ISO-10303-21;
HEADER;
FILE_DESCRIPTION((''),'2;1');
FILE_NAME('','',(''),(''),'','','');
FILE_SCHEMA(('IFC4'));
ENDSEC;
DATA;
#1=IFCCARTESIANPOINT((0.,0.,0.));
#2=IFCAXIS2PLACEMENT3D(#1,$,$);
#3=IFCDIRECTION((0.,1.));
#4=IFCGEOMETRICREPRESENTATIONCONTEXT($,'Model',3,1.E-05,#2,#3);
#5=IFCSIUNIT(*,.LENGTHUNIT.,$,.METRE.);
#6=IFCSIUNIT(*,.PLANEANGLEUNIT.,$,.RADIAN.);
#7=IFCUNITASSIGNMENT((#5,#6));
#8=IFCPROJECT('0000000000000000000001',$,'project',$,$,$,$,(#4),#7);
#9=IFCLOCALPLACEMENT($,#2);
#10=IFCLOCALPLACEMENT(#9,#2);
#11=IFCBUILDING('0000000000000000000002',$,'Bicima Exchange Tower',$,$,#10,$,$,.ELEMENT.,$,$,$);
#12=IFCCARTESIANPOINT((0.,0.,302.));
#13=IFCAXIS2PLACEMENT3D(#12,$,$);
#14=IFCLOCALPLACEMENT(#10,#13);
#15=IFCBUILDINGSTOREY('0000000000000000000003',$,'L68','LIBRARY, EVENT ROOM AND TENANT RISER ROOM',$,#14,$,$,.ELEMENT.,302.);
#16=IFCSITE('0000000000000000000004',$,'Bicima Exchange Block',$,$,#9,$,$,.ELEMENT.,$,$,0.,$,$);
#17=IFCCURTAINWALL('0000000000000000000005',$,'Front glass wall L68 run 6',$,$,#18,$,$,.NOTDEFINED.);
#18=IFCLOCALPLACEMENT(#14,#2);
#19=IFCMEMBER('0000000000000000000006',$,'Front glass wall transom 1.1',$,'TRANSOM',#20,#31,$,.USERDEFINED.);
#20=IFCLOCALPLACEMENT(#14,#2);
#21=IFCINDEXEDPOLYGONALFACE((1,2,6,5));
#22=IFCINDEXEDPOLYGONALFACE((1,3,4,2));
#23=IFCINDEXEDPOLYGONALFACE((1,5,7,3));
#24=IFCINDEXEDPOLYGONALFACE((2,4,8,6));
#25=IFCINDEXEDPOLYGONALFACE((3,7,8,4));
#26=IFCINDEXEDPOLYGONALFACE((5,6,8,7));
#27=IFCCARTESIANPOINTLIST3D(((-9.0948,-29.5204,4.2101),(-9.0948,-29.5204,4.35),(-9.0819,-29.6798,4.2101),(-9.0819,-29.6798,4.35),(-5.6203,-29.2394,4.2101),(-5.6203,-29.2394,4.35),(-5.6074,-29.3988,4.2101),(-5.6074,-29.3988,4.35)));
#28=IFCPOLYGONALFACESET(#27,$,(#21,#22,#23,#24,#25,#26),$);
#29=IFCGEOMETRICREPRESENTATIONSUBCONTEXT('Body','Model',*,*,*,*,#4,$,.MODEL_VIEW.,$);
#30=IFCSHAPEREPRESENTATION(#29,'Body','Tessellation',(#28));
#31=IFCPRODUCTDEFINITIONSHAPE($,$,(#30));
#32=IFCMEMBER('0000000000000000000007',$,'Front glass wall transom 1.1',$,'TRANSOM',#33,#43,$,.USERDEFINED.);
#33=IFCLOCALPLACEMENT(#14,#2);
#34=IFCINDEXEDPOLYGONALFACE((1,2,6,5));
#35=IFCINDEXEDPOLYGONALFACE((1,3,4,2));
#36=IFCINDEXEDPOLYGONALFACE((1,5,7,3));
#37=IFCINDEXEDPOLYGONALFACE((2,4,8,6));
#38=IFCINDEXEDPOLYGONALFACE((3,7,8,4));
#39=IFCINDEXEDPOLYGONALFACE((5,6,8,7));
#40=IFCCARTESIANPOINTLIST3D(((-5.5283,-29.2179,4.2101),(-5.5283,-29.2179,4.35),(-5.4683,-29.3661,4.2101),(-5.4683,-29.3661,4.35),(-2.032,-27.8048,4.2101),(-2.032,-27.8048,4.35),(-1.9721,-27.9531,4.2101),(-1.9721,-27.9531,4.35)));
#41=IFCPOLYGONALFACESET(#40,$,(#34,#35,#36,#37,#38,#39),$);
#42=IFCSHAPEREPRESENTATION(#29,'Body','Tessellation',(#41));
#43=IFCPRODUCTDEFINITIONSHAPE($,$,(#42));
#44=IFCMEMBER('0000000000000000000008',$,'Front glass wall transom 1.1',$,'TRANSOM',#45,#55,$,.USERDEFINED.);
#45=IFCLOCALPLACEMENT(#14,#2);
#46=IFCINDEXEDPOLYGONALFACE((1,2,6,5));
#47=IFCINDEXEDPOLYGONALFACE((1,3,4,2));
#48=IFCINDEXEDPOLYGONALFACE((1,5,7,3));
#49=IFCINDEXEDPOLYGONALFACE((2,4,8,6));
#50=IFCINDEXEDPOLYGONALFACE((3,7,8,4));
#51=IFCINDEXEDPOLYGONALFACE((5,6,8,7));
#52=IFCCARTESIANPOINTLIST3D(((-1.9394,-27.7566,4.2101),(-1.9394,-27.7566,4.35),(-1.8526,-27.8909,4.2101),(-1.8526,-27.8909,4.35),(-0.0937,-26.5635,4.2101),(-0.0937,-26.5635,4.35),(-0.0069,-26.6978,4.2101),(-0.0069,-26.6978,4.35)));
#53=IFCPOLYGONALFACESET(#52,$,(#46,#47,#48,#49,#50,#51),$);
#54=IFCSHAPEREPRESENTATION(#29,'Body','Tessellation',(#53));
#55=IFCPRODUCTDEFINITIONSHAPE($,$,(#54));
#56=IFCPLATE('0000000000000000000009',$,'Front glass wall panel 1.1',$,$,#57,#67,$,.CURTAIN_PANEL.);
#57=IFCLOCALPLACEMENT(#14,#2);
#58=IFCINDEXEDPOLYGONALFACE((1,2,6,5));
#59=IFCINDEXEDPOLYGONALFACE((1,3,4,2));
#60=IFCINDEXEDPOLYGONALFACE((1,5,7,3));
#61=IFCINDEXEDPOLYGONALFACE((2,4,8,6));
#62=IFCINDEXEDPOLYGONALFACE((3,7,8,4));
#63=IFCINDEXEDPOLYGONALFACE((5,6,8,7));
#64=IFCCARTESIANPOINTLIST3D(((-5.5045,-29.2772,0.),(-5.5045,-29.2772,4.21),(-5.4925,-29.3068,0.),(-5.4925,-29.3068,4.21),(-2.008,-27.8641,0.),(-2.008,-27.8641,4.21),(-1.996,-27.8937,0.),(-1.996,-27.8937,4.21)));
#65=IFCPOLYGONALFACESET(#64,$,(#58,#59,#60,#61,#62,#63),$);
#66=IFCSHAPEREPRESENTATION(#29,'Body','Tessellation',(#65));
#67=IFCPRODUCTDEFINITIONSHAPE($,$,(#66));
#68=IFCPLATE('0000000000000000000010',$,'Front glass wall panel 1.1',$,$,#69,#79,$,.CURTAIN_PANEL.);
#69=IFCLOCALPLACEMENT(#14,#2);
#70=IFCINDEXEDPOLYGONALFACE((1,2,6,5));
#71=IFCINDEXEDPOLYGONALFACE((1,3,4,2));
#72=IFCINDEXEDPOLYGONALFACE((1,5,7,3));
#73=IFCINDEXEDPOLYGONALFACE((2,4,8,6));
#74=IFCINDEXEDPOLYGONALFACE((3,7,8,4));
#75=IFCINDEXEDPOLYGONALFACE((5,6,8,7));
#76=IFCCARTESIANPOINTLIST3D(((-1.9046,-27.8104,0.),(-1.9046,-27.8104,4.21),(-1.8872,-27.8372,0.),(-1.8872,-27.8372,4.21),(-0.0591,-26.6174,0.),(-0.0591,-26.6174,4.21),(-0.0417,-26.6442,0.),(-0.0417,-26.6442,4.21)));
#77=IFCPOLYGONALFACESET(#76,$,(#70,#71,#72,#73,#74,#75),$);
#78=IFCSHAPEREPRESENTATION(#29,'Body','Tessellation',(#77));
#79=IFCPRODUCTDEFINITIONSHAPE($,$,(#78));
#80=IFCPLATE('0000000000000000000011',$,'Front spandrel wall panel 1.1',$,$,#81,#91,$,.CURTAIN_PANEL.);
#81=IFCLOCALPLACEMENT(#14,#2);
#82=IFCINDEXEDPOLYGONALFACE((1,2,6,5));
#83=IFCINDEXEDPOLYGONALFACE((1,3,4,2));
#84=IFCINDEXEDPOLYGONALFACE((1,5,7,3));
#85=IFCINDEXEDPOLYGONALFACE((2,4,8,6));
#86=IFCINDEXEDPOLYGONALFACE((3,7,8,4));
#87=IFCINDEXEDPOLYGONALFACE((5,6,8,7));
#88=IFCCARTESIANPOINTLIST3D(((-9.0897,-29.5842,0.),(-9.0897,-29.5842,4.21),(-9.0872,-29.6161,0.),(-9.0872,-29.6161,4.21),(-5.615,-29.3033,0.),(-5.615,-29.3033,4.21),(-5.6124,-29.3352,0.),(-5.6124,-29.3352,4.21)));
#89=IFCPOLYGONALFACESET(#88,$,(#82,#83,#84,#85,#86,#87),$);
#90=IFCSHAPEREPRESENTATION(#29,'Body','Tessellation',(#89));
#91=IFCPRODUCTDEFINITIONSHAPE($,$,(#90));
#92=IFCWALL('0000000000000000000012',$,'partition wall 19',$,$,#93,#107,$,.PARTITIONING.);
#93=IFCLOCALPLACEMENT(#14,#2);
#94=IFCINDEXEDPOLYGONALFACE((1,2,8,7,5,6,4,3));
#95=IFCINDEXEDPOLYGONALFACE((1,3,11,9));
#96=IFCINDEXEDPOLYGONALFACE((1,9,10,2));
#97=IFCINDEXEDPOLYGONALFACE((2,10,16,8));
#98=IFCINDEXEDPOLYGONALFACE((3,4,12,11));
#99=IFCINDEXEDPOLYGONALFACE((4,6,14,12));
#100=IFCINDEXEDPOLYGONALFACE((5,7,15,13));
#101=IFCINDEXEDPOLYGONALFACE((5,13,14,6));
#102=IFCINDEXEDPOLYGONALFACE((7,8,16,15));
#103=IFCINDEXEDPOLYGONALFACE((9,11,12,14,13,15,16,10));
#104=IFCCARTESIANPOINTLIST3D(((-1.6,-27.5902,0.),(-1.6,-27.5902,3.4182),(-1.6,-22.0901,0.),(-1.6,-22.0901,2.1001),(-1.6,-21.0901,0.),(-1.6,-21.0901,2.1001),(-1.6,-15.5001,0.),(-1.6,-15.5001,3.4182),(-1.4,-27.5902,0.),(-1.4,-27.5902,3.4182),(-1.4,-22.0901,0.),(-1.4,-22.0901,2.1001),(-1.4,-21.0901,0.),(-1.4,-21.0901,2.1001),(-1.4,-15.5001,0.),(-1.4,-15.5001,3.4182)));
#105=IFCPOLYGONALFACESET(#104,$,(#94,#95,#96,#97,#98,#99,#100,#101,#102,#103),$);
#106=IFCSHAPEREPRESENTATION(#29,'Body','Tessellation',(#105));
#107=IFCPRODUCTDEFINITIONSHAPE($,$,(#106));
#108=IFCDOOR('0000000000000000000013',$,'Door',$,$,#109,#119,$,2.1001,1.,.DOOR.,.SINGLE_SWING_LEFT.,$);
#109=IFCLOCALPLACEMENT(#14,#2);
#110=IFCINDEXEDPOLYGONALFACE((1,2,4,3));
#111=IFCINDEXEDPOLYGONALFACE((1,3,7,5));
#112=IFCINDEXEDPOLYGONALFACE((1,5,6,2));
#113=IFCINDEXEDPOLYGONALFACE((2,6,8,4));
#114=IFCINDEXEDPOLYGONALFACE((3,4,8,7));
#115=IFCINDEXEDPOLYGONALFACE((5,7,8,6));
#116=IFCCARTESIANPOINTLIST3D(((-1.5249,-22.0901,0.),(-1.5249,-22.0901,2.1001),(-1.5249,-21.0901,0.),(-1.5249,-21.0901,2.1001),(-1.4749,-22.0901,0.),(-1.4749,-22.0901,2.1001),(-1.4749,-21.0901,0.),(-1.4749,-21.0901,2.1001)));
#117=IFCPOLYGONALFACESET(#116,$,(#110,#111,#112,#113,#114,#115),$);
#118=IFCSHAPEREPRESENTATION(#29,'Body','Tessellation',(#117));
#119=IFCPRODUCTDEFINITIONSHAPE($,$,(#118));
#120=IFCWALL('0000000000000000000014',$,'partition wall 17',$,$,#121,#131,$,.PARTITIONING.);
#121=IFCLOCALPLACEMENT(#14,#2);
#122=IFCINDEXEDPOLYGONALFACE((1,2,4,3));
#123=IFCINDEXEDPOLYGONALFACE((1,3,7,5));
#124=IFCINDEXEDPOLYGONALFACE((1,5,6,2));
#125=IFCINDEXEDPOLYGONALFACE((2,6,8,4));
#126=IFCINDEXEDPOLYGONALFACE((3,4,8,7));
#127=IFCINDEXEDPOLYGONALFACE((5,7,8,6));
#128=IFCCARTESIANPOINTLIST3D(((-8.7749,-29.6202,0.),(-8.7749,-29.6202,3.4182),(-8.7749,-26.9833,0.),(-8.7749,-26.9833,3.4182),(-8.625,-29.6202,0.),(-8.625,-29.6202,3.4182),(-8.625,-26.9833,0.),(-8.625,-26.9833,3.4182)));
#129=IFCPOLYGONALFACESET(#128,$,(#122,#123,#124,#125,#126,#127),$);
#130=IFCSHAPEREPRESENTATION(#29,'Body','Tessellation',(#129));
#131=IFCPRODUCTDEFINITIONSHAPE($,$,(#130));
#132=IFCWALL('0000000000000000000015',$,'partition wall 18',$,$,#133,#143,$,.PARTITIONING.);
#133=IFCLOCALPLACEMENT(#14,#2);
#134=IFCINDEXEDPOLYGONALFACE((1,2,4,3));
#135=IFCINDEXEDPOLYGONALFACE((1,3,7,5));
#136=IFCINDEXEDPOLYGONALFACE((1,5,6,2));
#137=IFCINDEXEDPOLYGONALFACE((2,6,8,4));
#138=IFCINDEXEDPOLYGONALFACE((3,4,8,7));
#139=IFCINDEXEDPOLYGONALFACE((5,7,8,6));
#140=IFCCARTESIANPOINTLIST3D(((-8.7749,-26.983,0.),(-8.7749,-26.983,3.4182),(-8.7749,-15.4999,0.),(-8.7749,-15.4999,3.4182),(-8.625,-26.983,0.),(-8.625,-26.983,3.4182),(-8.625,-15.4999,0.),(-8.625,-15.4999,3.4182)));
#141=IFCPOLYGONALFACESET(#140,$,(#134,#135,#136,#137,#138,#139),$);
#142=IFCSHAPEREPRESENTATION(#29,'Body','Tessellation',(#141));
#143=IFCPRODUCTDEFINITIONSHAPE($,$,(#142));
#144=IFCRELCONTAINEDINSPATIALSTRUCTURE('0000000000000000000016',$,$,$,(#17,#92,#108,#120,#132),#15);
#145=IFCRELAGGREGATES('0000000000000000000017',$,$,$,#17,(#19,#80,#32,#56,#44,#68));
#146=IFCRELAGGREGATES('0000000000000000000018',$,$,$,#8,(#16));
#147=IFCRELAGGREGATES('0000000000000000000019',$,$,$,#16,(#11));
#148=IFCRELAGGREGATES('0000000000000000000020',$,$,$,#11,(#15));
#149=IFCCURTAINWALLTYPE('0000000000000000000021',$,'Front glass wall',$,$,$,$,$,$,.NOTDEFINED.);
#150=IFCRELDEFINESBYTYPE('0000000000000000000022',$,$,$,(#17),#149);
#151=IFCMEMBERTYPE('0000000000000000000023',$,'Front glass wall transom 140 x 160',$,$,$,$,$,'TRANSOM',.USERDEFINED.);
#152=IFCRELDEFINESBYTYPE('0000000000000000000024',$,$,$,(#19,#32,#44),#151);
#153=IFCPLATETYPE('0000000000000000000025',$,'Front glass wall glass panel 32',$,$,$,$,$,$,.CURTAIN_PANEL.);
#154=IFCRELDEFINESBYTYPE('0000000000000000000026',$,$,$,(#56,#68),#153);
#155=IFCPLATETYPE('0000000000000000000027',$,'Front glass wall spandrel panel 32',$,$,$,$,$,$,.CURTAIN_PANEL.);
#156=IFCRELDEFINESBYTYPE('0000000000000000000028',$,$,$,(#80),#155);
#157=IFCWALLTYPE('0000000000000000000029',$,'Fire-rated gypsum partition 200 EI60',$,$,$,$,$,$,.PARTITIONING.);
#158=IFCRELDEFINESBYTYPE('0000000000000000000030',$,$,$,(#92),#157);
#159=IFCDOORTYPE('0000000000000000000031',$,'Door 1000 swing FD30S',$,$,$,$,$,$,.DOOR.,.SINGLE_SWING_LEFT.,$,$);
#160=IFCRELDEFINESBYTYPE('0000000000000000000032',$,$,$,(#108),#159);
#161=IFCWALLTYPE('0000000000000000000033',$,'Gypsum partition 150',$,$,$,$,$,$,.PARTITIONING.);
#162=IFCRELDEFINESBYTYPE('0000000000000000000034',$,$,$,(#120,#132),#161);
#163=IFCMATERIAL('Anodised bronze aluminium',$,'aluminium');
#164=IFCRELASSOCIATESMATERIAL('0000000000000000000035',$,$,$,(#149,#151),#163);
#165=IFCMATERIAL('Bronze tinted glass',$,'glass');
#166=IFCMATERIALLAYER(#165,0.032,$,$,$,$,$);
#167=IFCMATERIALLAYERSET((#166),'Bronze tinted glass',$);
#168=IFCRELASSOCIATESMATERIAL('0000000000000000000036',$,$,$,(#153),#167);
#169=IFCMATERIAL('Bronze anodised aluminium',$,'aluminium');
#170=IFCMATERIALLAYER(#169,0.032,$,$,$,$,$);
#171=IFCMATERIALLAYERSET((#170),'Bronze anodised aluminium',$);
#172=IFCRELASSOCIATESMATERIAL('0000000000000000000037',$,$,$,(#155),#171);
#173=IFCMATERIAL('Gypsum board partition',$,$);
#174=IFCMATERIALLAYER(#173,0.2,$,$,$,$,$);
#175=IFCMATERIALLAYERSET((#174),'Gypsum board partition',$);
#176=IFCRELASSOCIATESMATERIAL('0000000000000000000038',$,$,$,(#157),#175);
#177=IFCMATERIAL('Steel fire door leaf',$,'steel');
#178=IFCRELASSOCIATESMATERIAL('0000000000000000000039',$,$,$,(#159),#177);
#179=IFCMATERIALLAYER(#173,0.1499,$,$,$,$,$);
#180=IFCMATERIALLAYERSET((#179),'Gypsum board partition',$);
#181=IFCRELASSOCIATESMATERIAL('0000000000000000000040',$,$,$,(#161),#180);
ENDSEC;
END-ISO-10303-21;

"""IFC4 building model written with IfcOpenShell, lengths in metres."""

from ifc_helpers import new_model, si_unit, direction, frame, frame_2d, origin, origin_2d, place, context, subcontext, project, spatial, rectangle, extrude, material, layer, layer_set, material_profile, profile_set, type_object, element, fill, aggregate, save


model = new_model("IFC4")

# Units and contexts
model_context = context("Model", 3, precision=1e-05, world=origin(), true_north=direction((0.0, 1.0)))
body_context = subcontext(model_context, "Body", "Model", "MODEL_VIEW")
ifc_project = project(units=[si_unit("LENGTHUNIT", "METRE"), si_unit("PLANEANGLEUNIT", "RADIAN")], contexts=[model_context])

# Site, building, storey
site_placement = place(None, origin())
site = spatial("IfcSite", under=ifc_project, at=site_placement, Name="Bicima Exchange Block", CompositionType="ELEMENT", RefElevation=0.0)
building_placement = place(site_placement, origin())
building = spatial("IfcBuilding", under=site, at=building_placement, Name="Bicima Exchange Tower", CompositionType="ELEMENT")
storey_placement = place(building_placement, frame((0.0, 0.0, 302.0)))
storey = spatial("IfcBuildingStorey", under=building, at=storey_placement, Name="L68", Description="LIBRARY, EVENT ROOM AND TENANT RISER ROOM", CompositionType="ELEMENT", Elevation=302.0)

# Curtain wall, members, plates
ifc_material_1 = material(Name="Anodised bronze aluminium", Category="aluminium")
curtain_wall_type = type_object("IfcCurtainWallType", Name="Front glass wall", PredefinedType="NOTDEFINED", material=ifc_material_1)
curtain_wall_placement = place(storey_placement, origin())
curtain_wall = element("IfcCurtainWall", 1, at=curtain_wall_placement, inside=storey, type_object=curtain_wall_type, Name="Front glass wall L68 run 6", PredefinedType="NOTDEFINED")
ifc_material_profile_1 = material_profile(ifc_material_1, rectangle(XDim=0.1599, YDim=0.1399, at=origin_2d()))
ifc_profile_set_1 = profile_set([ifc_material_profile_1], Name="Anodised bronze aluminium")
member_type_1 = type_object("IfcMemberType", Name="Front glass wall transom 140 x 160", ElementType="TRANSOM", PredefinedType="USERDEFINED", material=ifc_profile_set_1)
member_1_placement = place(storey_placement, frame((-9.0884, -29.6001, 4.28), z_axis=(0.996746, 0.080611, 0.0), x_axis=(-0.080611, 0.996746, 0.0)))
member_1 = element("IfcMember", 2, at=member_1_placement, type_object=member_type_1, Name="Front glass wall transom 1.1", ObjectType="TRANSOM", PredefinedType="USERDEFINED", context=body_context, shape_type="SweptSolid", body=[
    extrude(rectangle(XDim=0.1599, YDim=0.1399, at=origin_2d()), origin(), (0.0, 0.0, 1.0), 3.4858),
])
member_2_placement = place(storey_placement, frame((-5.4983, -29.292, 4.28), z_axis=(0.92714, 0.374715, 0.0), x_axis=(-0.374715, 0.92714, 0.0)))
member_2 = element("IfcMember", 3, at=member_2_placement, type_object=member_type_1, Name="Front glass wall transom 1.1", ObjectType="TRANSOM", PredefinedType="USERDEFINED", context=body_context, shape_type="SweptSolid", body=[
    extrude(rectangle(XDim=0.1599, YDim=0.1399, at=origin_2d()), origin(), (0.0, 0.0, 1.0), 3.771),
])
member_3_placement = place(storey_placement, frame((-1.896, -27.8237, 4.28), z_axis=(0.839811, 0.542878, 0.0), x_axis=(-0.542878, 0.839811, 0.0)))
member_3 = element("IfcMember", 4, at=member_3_placement, type_object=member_type_1, Name="Front glass wall transom 1.1", ObjectType="TRANSOM", PredefinedType="USERDEFINED", context=body_context, shape_type="SweptSolid", body=[
    extrude(rectangle(XDim=0.1599, YDim=0.1399, at=origin_2d()), origin(), (0.0, 0.0, 1.0), 2.1978),
])
ifc_material_2 = material(Name="Bronze tinted glass", Category="glass")
ifc_layer_1 = layer(ifc_material_2, 0.032)
ifc_layer_set_1 = layer_set([ifc_layer_1], Name="Bronze tinted glass")
plate_type_1 = type_object("IfcPlateType", Name="Front glass wall glass panel 32", PredefinedType="CURTAIN_PANEL", material=ifc_layer_set_1)
plate_1_placement = place(storey_placement, frame((-3.7502, -28.5854, 0.0), z_axis=(0.0, 0.0, 1.0), x_axis=(0.927144, 0.374705, 0.0)))
plate_1 = element("IfcPlate", 5, at=plate_1_placement, type_object=plate_type_1, Name="Front glass wall panel 1.1", PredefinedType="CURTAIN_PANEL", context=body_context, shape_type="SweptSolid", body=[
    extrude(rectangle(XDim=3.7712, YDim=0.032, at=origin_2d()), origin(), (0.0, 0.0, 1.0), 4.21),
])
plate_2_placement = place(storey_placement, frame((-0.9731, -27.2273, 0.0), z_axis=(0.0, 0.0, 1.0), x_axis=(0.839799, 0.542897, 0.0)))
plate_2 = element("IfcPlate", 6, at=plate_2_placement, type_object=plate_type_1, Name="Front glass wall panel 1.1", PredefinedType="CURTAIN_PANEL", context=body_context, shape_type="SweptSolid", body=[
    extrude(rectangle(XDim=2.1975, YDim=0.032, at=origin_2d()), origin(), (0.0, 0.0, 1.0), 4.21),
])
ifc_material_3 = material(Name="Bronze anodised aluminium", Category="aluminium")
ifc_layer_2 = layer(ifc_material_3, 0.032)
ifc_layer_set_2 = layer_set([ifc_layer_2], Name="Bronze anodised aluminium")
plate_type_2 = type_object("IfcPlateType", Name="Front glass wall spandrel panel 32", PredefinedType="CURTAIN_PANEL", material=ifc_layer_set_2)
plate_3_placement = place(storey_placement, frame((-7.3511, -29.4597, 0.0), z_axis=(0.0, 0.0, 1.0), x_axis=(0.996747, 0.080589, 0.0)))
plate_3 = element("IfcPlate", 7, at=plate_3_placement, type_object=plate_type_2, Name="Front spandrel wall panel 1.1", PredefinedType="CURTAIN_PANEL", context=body_context, shape_type="SweptSolid", body=[
    extrude(rectangle(XDim=3.4861, YDim=0.032, at=origin_2d()), origin(), (0.0, 0.0, 1.0), 4.21),
])
aggregate(curtain_wall, [member_1, plate_3, member_2, plate_1, member_3, plate_2])

# Wall, opening, door
ifc_material_4 = material(Name="Gypsum board partition")
ifc_layer_3 = layer(ifc_material_4, 0.2)
ifc_layer_set_3 = layer_set([ifc_layer_3], Name="Gypsum board partition")
wall_type_1 = type_object("IfcWallType", Name="Fire-rated gypsum partition 200 EI60", PredefinedType="PARTITIONING", material=ifc_layer_set_3)
wall_1_placement = place(storey_placement, frame((-1.5, -27.5901, 0.0), z_axis=(0.0, 0.0, 1.0), x_axis=(0.0, 1.0, 0.0)))
wall_1 = element("IfcWall", 8, at=wall_1_placement, inside=storey, type_object=wall_type_1, Name="partition wall 19", PredefinedType="PARTITIONING", context=body_context, shape_type="SweptSolid", body=[
    extrude(rectangle(XDim=12.0901, YDim=0.2, at=frame_2d((6.0449, 0.0))), origin(), (0.0, 0.0, 1.0), 3.4182),
])
opening_placement = place(wall_1_placement, frame((5.5, 0.0, 0.0)))
opening = element("IfcOpeningElement", 9, at=opening_placement, cuts=wall_1, PredefinedType="OPENING", context=body_context, shape_type="SweptSolid", body=[
    extrude(rectangle(XDim=1.0, YDim=2.1001, at=frame_2d((0.5, 1.05))), frame((0.0, 0.1118, 0.0), z_axis=(0.0, -1.0, 0.0), x_axis=(1.0, 0.0, 0.0)), (0.0, 0.0, 1.0), 0.2239),
])
ifc_material_5 = material(Name="Steel fire door leaf", Category="steel")
door_type = type_object("IfcDoorType", Name="Door 1000 swing FD30S", OperationType="SINGLE_SWING_LEFT", PredefinedType="DOOR", material=ifc_material_5)
door_placement = place(opening_placement, origin())
door = element("IfcDoor", 10, at=door_placement, inside=storey, type_object=door_type, Name="Door", OperationType="SINGLE_SWING_LEFT", OverallHeight=2.1001, OverallWidth=1.0, PredefinedType="DOOR", context=body_context, shape_type="SweptSolid", body=[
    extrude(rectangle(XDim=1.0, YDim=2.1001, at=frame_2d((0.5, 1.05))), frame((0.0, 0.0249, 0.0), z_axis=(0.0, -1.0, 0.0), x_axis=(1.0, 0.0, 0.0)), (0.0, 0.0, 1.0), 0.05),
])
fill(opening, door)

# Walls
ifc_layer_4 = layer(ifc_material_4, 0.1499)
ifc_layer_set_4 = layer_set([ifc_layer_4], Name="Gypsum board partition")
wall_type_2 = type_object("IfcWallType", Name="Gypsum partition 150", PredefinedType="PARTITIONING", material=ifc_layer_set_4)
wall_2_placement = place(storey_placement, frame((-8.7, -29.6201, 0.0), z_axis=(0.0, 0.0, 1.0), x_axis=(0.0, 1.0, 0.0)))
element("IfcWall", 11, at=wall_2_placement, inside=storey, type_object=wall_type_2, Name="partition wall 17", PredefinedType="PARTITIONING", context=body_context, shape_type="SweptSolid", body=[
    extrude(rectangle(XDim=2.637, YDim=0.1499, at=frame_2d((1.3184, 0.0))), origin(), (0.0, 0.0, 1.0), 3.4182),
])
wall_3_placement = place(storey_placement, frame((-8.7, -26.9832, 0.0), z_axis=(0.0, 0.0, 1.0), x_axis=(0.0, 1.0, 0.0)))
element("IfcWall", 12, at=wall_3_placement, inside=storey, type_object=wall_type_2, Name="partition wall 18", PredefinedType="PARTITIONING", context=body_context, shape_type="SweptSolid", body=[
    extrude(rectangle(XDim=11.4832, YDim=0.1499, at=frame_2d((5.7417, 0.0))), origin(), (0.0, 0.0, 1.0), 3.4182),
])

save(model, "model.ifc")
